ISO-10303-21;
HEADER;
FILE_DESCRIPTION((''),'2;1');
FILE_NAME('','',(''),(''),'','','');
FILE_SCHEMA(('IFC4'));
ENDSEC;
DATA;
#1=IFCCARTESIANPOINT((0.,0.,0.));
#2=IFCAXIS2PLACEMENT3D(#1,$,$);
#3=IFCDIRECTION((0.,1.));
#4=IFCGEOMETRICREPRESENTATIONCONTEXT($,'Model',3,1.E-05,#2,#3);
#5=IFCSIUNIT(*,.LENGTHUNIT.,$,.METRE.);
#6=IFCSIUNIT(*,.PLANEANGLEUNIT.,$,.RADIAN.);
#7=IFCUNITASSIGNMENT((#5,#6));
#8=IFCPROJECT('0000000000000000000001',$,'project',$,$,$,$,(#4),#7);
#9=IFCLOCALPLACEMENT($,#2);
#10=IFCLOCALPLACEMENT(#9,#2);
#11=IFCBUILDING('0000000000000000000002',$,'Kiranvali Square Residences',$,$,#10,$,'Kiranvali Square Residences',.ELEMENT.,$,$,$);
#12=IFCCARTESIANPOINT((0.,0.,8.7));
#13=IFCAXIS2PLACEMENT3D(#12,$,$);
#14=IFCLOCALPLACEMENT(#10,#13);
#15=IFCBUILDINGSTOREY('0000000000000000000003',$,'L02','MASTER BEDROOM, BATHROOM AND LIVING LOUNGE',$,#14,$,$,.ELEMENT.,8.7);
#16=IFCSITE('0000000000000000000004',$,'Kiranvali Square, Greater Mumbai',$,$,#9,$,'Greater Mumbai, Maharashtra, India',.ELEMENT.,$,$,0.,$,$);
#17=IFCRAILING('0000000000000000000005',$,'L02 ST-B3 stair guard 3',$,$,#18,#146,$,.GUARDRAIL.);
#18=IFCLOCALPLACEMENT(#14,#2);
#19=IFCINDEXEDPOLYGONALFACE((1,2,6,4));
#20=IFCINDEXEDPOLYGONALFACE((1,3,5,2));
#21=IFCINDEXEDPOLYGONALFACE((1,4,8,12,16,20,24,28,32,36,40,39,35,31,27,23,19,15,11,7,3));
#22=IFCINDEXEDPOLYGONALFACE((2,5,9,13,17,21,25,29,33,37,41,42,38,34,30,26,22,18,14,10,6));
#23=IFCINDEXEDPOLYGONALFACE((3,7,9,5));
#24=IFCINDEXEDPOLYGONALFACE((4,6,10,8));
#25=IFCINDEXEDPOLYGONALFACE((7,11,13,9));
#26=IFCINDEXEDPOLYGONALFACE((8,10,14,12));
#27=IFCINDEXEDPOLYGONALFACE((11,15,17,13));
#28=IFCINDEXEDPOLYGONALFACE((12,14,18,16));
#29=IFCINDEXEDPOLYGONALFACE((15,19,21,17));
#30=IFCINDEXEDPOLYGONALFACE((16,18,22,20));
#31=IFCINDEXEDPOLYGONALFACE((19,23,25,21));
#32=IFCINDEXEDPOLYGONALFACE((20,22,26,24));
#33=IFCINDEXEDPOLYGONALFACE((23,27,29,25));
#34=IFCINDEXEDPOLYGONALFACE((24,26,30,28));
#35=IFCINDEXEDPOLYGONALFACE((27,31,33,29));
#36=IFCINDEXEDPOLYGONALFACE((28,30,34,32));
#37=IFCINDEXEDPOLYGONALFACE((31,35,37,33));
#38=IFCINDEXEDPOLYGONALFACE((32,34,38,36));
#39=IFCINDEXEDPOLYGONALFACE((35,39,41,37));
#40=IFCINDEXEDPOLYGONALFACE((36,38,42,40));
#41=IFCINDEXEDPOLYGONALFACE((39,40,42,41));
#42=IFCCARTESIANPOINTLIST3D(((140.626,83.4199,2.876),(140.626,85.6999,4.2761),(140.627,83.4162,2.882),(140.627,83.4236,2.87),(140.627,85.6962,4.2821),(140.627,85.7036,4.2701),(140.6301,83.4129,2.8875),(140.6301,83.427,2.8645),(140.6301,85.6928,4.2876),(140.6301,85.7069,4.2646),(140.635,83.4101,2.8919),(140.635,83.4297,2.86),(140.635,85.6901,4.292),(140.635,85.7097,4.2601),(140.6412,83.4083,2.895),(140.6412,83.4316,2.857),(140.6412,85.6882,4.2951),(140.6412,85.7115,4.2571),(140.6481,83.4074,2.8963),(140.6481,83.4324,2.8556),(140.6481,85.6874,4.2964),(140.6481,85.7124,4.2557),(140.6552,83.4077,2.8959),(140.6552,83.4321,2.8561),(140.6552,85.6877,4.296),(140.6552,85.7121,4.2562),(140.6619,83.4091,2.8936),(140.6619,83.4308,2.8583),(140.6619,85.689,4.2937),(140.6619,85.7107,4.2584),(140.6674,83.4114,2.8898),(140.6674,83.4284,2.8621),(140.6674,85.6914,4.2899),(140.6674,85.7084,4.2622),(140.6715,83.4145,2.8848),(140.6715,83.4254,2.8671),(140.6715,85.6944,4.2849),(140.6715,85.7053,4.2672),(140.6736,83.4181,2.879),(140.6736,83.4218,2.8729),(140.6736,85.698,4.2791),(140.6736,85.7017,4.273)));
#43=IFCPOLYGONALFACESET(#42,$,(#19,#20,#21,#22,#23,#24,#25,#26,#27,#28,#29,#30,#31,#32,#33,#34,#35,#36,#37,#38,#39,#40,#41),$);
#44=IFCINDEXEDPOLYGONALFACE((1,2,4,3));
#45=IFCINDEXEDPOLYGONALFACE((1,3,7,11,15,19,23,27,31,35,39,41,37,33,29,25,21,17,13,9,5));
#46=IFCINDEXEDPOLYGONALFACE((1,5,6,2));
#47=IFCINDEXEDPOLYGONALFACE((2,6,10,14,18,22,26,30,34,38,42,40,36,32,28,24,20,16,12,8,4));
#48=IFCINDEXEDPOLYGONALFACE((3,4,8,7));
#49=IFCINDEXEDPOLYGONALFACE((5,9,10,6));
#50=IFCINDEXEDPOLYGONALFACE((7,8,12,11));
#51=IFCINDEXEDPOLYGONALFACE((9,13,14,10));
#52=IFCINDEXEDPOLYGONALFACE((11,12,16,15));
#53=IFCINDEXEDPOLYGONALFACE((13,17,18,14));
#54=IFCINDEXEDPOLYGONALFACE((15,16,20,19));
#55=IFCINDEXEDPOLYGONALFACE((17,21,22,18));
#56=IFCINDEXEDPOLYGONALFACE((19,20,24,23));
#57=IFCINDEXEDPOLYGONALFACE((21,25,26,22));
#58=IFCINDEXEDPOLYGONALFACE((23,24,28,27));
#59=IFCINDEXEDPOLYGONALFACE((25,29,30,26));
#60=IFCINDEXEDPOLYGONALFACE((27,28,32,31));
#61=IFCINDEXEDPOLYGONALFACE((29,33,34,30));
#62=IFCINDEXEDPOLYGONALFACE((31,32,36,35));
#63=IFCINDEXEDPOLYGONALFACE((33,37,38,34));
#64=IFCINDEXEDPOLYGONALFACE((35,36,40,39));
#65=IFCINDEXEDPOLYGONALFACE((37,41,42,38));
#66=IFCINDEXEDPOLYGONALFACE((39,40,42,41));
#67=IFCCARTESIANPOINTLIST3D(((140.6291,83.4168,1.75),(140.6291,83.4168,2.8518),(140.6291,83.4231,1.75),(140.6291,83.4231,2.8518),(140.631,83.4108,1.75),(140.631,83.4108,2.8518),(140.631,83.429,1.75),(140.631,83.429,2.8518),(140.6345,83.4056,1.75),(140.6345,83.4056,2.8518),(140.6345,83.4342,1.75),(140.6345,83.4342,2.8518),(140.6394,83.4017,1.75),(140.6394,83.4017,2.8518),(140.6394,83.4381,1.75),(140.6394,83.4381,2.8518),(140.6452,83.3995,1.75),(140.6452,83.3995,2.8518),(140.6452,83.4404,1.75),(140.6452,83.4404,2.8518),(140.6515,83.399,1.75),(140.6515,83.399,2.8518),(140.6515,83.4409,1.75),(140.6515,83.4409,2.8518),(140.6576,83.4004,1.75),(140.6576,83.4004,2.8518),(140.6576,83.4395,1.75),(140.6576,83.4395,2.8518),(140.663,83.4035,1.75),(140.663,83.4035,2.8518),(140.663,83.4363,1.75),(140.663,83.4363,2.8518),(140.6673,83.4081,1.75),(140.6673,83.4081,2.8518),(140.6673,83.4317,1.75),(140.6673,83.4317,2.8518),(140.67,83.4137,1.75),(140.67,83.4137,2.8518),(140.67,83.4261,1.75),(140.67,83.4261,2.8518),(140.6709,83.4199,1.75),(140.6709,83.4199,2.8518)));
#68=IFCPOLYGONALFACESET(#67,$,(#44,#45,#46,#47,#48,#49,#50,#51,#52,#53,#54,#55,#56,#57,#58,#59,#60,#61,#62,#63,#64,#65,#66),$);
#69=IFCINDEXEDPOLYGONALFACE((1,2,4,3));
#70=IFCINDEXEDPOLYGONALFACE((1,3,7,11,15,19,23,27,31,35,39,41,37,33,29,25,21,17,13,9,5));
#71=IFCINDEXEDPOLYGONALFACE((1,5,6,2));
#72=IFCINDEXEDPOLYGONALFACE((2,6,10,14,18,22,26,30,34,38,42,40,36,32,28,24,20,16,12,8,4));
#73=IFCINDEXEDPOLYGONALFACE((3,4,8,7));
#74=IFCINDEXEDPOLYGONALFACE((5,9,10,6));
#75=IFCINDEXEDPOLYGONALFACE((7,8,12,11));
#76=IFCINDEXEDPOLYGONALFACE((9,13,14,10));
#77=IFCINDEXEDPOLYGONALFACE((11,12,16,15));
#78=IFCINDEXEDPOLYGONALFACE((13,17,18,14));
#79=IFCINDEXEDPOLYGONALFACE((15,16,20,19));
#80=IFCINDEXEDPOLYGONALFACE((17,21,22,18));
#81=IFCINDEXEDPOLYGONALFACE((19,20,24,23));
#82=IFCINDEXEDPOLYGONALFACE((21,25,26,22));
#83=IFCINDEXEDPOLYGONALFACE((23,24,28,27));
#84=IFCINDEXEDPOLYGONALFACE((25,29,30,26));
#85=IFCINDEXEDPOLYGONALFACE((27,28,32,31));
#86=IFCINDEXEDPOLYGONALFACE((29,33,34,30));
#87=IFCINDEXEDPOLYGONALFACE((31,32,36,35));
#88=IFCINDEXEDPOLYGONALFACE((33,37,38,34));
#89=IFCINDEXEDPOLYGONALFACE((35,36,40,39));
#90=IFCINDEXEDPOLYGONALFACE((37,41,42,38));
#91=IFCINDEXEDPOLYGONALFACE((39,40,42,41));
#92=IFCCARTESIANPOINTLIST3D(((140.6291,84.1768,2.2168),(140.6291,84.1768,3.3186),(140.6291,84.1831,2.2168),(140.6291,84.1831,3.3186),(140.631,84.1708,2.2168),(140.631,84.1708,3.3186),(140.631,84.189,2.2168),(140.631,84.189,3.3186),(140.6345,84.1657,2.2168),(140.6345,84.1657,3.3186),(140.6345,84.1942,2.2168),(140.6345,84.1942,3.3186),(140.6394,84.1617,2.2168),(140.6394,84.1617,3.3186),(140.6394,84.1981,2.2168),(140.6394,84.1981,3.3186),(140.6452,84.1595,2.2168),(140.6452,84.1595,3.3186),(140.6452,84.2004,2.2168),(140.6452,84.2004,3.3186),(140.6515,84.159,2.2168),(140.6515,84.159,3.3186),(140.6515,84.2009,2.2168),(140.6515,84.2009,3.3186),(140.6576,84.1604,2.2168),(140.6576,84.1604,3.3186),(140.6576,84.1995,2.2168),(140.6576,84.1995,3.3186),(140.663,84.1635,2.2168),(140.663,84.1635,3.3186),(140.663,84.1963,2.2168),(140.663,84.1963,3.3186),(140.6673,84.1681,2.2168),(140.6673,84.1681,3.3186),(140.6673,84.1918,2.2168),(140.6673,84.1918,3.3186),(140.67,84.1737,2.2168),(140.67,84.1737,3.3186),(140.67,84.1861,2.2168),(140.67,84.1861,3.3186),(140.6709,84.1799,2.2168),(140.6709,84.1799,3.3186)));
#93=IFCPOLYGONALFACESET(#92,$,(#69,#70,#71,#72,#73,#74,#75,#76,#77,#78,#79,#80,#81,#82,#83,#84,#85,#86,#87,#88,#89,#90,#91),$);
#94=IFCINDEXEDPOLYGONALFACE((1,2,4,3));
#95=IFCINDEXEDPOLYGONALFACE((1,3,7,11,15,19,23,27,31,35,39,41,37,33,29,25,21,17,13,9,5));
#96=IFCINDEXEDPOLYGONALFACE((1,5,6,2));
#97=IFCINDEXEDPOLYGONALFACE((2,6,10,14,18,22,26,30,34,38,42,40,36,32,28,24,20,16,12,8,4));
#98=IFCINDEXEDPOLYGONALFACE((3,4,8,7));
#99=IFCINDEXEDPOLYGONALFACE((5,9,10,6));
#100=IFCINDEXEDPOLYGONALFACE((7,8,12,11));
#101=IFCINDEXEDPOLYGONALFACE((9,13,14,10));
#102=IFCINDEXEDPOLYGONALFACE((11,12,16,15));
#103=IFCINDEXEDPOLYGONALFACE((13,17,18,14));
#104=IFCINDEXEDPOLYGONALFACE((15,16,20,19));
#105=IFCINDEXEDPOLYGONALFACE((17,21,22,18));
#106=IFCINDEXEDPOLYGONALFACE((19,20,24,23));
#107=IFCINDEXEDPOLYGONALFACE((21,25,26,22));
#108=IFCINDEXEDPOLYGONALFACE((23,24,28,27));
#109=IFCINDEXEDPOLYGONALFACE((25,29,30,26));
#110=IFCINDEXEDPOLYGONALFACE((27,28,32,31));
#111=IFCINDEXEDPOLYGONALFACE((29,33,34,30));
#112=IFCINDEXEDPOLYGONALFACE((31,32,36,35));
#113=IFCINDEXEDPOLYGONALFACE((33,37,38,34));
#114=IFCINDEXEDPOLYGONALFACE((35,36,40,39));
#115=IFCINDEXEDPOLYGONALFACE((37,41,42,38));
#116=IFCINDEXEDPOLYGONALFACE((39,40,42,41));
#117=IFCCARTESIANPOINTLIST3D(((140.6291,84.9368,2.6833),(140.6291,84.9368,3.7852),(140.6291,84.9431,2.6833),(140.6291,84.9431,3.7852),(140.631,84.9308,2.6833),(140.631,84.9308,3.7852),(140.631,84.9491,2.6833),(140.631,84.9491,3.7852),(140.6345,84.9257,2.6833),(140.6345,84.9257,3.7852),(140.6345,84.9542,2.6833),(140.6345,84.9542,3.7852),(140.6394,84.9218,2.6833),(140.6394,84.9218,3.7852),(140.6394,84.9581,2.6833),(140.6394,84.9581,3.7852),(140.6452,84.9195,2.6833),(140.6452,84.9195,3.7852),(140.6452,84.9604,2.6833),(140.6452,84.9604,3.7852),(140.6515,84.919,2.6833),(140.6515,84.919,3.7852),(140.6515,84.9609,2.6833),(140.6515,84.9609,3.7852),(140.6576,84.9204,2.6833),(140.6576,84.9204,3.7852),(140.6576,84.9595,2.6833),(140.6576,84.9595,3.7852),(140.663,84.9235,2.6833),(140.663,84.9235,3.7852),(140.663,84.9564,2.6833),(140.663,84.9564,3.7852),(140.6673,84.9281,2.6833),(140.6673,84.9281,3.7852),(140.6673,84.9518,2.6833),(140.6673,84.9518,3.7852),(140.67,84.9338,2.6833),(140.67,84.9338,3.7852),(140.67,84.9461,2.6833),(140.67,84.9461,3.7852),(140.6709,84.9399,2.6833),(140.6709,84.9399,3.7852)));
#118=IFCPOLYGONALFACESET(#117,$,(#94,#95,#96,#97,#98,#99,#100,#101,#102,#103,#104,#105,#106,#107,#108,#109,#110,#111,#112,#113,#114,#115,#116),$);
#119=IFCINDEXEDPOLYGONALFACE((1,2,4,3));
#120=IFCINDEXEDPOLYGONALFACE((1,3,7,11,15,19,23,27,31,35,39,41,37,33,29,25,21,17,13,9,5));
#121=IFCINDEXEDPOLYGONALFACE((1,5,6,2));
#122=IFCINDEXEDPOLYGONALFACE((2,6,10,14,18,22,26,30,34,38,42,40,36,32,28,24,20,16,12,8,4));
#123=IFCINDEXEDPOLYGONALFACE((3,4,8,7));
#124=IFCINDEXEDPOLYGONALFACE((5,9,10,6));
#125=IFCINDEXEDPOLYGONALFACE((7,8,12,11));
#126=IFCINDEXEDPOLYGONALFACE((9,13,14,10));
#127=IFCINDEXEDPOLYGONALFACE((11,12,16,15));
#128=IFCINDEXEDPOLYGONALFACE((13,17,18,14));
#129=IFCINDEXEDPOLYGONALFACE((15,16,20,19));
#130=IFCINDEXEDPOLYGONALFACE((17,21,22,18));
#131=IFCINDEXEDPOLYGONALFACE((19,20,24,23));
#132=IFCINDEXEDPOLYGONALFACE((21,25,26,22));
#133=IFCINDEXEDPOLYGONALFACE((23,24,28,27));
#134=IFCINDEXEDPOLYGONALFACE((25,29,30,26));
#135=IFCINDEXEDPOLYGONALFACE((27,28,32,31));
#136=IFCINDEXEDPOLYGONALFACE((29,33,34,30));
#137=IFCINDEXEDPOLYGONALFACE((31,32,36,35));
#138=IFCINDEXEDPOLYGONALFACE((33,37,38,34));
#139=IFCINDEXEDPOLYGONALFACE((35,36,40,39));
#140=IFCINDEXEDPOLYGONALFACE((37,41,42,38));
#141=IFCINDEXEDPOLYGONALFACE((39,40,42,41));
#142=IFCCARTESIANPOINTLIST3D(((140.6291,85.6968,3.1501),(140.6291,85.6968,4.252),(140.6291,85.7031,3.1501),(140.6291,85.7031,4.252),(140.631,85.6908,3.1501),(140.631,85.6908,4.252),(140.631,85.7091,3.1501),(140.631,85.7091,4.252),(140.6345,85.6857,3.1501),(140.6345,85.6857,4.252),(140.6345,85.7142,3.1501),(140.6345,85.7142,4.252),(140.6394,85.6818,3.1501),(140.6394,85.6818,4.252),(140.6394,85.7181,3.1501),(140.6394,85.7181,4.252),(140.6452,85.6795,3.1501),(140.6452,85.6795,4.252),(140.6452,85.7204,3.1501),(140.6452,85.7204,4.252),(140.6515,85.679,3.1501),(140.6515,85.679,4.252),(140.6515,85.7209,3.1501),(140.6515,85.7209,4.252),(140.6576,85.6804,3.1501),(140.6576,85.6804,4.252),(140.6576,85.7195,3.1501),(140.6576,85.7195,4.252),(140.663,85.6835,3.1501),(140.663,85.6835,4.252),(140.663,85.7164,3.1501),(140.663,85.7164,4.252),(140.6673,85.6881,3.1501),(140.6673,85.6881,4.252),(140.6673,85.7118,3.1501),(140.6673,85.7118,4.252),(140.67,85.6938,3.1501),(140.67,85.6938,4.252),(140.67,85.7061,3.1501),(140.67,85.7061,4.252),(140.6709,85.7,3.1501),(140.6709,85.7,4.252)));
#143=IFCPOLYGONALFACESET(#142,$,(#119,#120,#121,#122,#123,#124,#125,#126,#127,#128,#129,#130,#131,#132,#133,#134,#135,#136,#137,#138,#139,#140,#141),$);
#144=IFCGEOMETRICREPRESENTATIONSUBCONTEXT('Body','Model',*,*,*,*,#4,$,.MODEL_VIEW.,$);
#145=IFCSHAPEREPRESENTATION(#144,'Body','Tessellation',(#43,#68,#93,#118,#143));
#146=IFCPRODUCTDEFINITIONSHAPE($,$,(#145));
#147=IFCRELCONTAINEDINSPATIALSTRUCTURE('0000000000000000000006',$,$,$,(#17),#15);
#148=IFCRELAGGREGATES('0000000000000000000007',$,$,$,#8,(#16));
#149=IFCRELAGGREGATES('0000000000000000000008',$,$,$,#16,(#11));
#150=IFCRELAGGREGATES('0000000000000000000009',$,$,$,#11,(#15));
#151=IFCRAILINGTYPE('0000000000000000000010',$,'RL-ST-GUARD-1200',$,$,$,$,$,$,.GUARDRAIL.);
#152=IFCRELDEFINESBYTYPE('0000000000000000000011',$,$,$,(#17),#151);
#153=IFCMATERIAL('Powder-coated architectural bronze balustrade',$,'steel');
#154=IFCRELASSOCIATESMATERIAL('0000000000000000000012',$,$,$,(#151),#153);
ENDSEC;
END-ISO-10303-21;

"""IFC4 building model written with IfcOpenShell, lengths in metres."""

from ifc_helpers import new_model, si_unit, direction, frame, origin, origin_2d, place, context, subcontext, project, spatial, circle, extrude, material, type_object, element, save


model = new_model("IFC4")

# Units and contexts
model_context = context("Model", 3, precision=1e-05, world=origin(), true_north=direction((0.0, 1.0)))
body_context = subcontext(model_context, "Body", "Model", "MODEL_VIEW")
ifc_project = project(units=[si_unit("LENGTHUNIT", "METRE"), si_unit("PLANEANGLEUNIT", "RADIAN")], contexts=[model_context])

# Site, building, storey
site_placement = place(None, origin())
site = spatial("IfcSite", under=ifc_project, at=site_placement, Name="Kiranvali Square, Greater Mumbai", LongName="Greater Mumbai, Maharashtra, India", CompositionType="ELEMENT", RefElevation=0.0)
building_placement = place(site_placement, origin())
building = spatial("IfcBuilding", under=site, at=building_placement, Name="Kiranvali Square Residences", LongName="Kiranvali Square Residences", CompositionType="ELEMENT")
storey_placement = place(building_placement, frame((0.0, 0.0, 8.7)))
storey = spatial("IfcBuildingStorey", under=building, at=storey_placement, Name="L02", Description="MASTER BEDROOM, BATHROOM AND LIVING LOUNGE", CompositionType="ELEMENT", Elevation=8.7)

# Railing
ifc_material_1 = material(Name="Powder-coated architectural bronze balustrade", Category="steel")
railing_type_1 = type_object("IfcRailingType", Name="RL-ST-GUARD-1200", PredefinedType="GUARDRAIL", material=ifc_material_1)
railing_1_placement = place(storey_placement, frame((140.6499, 83.4199, 1.75)))
element("IfcRailing", 1, at=railing_1_placement, inside=storey, type_object=railing_type_1, Name="L02 ST-B3 stair guard 3", PredefinedType="GUARDRAIL", context=body_context, shape_type="SweptSolid", body=[
    extrude(circle(Radius=0.0239, at=origin_2d()), frame((0.0, 0.0, 1.126), z_axis=(0.0, 0.85215, 0.523298), x_axis=(-1.0, 0.0, 0.0)), (0.0, 0.0, 1.0), 2.6755),
    extrude(circle(Radius=0.021, at=origin_2d()), origin(), (0.0, 0.0, 1.0), 1.1018),
    extrude(circle(Radius=0.021, at=origin_2d()), frame((0.0, 0.76, 0.4668)), (0.0, 0.0, 1.0), 1.1018),
    extrude(circle(Radius=0.021, at=origin_2d()), frame((0.0, 1.52, 0.9333)), (0.0, 0.0, 1.0), 1.1018),
    extrude(circle(Radius=0.021, at=origin_2d()), frame((0.0, 2.28, 1.4001)), (0.0, 0.0, 1.0), 1.1018),
])

save(model, "model.ifc")
